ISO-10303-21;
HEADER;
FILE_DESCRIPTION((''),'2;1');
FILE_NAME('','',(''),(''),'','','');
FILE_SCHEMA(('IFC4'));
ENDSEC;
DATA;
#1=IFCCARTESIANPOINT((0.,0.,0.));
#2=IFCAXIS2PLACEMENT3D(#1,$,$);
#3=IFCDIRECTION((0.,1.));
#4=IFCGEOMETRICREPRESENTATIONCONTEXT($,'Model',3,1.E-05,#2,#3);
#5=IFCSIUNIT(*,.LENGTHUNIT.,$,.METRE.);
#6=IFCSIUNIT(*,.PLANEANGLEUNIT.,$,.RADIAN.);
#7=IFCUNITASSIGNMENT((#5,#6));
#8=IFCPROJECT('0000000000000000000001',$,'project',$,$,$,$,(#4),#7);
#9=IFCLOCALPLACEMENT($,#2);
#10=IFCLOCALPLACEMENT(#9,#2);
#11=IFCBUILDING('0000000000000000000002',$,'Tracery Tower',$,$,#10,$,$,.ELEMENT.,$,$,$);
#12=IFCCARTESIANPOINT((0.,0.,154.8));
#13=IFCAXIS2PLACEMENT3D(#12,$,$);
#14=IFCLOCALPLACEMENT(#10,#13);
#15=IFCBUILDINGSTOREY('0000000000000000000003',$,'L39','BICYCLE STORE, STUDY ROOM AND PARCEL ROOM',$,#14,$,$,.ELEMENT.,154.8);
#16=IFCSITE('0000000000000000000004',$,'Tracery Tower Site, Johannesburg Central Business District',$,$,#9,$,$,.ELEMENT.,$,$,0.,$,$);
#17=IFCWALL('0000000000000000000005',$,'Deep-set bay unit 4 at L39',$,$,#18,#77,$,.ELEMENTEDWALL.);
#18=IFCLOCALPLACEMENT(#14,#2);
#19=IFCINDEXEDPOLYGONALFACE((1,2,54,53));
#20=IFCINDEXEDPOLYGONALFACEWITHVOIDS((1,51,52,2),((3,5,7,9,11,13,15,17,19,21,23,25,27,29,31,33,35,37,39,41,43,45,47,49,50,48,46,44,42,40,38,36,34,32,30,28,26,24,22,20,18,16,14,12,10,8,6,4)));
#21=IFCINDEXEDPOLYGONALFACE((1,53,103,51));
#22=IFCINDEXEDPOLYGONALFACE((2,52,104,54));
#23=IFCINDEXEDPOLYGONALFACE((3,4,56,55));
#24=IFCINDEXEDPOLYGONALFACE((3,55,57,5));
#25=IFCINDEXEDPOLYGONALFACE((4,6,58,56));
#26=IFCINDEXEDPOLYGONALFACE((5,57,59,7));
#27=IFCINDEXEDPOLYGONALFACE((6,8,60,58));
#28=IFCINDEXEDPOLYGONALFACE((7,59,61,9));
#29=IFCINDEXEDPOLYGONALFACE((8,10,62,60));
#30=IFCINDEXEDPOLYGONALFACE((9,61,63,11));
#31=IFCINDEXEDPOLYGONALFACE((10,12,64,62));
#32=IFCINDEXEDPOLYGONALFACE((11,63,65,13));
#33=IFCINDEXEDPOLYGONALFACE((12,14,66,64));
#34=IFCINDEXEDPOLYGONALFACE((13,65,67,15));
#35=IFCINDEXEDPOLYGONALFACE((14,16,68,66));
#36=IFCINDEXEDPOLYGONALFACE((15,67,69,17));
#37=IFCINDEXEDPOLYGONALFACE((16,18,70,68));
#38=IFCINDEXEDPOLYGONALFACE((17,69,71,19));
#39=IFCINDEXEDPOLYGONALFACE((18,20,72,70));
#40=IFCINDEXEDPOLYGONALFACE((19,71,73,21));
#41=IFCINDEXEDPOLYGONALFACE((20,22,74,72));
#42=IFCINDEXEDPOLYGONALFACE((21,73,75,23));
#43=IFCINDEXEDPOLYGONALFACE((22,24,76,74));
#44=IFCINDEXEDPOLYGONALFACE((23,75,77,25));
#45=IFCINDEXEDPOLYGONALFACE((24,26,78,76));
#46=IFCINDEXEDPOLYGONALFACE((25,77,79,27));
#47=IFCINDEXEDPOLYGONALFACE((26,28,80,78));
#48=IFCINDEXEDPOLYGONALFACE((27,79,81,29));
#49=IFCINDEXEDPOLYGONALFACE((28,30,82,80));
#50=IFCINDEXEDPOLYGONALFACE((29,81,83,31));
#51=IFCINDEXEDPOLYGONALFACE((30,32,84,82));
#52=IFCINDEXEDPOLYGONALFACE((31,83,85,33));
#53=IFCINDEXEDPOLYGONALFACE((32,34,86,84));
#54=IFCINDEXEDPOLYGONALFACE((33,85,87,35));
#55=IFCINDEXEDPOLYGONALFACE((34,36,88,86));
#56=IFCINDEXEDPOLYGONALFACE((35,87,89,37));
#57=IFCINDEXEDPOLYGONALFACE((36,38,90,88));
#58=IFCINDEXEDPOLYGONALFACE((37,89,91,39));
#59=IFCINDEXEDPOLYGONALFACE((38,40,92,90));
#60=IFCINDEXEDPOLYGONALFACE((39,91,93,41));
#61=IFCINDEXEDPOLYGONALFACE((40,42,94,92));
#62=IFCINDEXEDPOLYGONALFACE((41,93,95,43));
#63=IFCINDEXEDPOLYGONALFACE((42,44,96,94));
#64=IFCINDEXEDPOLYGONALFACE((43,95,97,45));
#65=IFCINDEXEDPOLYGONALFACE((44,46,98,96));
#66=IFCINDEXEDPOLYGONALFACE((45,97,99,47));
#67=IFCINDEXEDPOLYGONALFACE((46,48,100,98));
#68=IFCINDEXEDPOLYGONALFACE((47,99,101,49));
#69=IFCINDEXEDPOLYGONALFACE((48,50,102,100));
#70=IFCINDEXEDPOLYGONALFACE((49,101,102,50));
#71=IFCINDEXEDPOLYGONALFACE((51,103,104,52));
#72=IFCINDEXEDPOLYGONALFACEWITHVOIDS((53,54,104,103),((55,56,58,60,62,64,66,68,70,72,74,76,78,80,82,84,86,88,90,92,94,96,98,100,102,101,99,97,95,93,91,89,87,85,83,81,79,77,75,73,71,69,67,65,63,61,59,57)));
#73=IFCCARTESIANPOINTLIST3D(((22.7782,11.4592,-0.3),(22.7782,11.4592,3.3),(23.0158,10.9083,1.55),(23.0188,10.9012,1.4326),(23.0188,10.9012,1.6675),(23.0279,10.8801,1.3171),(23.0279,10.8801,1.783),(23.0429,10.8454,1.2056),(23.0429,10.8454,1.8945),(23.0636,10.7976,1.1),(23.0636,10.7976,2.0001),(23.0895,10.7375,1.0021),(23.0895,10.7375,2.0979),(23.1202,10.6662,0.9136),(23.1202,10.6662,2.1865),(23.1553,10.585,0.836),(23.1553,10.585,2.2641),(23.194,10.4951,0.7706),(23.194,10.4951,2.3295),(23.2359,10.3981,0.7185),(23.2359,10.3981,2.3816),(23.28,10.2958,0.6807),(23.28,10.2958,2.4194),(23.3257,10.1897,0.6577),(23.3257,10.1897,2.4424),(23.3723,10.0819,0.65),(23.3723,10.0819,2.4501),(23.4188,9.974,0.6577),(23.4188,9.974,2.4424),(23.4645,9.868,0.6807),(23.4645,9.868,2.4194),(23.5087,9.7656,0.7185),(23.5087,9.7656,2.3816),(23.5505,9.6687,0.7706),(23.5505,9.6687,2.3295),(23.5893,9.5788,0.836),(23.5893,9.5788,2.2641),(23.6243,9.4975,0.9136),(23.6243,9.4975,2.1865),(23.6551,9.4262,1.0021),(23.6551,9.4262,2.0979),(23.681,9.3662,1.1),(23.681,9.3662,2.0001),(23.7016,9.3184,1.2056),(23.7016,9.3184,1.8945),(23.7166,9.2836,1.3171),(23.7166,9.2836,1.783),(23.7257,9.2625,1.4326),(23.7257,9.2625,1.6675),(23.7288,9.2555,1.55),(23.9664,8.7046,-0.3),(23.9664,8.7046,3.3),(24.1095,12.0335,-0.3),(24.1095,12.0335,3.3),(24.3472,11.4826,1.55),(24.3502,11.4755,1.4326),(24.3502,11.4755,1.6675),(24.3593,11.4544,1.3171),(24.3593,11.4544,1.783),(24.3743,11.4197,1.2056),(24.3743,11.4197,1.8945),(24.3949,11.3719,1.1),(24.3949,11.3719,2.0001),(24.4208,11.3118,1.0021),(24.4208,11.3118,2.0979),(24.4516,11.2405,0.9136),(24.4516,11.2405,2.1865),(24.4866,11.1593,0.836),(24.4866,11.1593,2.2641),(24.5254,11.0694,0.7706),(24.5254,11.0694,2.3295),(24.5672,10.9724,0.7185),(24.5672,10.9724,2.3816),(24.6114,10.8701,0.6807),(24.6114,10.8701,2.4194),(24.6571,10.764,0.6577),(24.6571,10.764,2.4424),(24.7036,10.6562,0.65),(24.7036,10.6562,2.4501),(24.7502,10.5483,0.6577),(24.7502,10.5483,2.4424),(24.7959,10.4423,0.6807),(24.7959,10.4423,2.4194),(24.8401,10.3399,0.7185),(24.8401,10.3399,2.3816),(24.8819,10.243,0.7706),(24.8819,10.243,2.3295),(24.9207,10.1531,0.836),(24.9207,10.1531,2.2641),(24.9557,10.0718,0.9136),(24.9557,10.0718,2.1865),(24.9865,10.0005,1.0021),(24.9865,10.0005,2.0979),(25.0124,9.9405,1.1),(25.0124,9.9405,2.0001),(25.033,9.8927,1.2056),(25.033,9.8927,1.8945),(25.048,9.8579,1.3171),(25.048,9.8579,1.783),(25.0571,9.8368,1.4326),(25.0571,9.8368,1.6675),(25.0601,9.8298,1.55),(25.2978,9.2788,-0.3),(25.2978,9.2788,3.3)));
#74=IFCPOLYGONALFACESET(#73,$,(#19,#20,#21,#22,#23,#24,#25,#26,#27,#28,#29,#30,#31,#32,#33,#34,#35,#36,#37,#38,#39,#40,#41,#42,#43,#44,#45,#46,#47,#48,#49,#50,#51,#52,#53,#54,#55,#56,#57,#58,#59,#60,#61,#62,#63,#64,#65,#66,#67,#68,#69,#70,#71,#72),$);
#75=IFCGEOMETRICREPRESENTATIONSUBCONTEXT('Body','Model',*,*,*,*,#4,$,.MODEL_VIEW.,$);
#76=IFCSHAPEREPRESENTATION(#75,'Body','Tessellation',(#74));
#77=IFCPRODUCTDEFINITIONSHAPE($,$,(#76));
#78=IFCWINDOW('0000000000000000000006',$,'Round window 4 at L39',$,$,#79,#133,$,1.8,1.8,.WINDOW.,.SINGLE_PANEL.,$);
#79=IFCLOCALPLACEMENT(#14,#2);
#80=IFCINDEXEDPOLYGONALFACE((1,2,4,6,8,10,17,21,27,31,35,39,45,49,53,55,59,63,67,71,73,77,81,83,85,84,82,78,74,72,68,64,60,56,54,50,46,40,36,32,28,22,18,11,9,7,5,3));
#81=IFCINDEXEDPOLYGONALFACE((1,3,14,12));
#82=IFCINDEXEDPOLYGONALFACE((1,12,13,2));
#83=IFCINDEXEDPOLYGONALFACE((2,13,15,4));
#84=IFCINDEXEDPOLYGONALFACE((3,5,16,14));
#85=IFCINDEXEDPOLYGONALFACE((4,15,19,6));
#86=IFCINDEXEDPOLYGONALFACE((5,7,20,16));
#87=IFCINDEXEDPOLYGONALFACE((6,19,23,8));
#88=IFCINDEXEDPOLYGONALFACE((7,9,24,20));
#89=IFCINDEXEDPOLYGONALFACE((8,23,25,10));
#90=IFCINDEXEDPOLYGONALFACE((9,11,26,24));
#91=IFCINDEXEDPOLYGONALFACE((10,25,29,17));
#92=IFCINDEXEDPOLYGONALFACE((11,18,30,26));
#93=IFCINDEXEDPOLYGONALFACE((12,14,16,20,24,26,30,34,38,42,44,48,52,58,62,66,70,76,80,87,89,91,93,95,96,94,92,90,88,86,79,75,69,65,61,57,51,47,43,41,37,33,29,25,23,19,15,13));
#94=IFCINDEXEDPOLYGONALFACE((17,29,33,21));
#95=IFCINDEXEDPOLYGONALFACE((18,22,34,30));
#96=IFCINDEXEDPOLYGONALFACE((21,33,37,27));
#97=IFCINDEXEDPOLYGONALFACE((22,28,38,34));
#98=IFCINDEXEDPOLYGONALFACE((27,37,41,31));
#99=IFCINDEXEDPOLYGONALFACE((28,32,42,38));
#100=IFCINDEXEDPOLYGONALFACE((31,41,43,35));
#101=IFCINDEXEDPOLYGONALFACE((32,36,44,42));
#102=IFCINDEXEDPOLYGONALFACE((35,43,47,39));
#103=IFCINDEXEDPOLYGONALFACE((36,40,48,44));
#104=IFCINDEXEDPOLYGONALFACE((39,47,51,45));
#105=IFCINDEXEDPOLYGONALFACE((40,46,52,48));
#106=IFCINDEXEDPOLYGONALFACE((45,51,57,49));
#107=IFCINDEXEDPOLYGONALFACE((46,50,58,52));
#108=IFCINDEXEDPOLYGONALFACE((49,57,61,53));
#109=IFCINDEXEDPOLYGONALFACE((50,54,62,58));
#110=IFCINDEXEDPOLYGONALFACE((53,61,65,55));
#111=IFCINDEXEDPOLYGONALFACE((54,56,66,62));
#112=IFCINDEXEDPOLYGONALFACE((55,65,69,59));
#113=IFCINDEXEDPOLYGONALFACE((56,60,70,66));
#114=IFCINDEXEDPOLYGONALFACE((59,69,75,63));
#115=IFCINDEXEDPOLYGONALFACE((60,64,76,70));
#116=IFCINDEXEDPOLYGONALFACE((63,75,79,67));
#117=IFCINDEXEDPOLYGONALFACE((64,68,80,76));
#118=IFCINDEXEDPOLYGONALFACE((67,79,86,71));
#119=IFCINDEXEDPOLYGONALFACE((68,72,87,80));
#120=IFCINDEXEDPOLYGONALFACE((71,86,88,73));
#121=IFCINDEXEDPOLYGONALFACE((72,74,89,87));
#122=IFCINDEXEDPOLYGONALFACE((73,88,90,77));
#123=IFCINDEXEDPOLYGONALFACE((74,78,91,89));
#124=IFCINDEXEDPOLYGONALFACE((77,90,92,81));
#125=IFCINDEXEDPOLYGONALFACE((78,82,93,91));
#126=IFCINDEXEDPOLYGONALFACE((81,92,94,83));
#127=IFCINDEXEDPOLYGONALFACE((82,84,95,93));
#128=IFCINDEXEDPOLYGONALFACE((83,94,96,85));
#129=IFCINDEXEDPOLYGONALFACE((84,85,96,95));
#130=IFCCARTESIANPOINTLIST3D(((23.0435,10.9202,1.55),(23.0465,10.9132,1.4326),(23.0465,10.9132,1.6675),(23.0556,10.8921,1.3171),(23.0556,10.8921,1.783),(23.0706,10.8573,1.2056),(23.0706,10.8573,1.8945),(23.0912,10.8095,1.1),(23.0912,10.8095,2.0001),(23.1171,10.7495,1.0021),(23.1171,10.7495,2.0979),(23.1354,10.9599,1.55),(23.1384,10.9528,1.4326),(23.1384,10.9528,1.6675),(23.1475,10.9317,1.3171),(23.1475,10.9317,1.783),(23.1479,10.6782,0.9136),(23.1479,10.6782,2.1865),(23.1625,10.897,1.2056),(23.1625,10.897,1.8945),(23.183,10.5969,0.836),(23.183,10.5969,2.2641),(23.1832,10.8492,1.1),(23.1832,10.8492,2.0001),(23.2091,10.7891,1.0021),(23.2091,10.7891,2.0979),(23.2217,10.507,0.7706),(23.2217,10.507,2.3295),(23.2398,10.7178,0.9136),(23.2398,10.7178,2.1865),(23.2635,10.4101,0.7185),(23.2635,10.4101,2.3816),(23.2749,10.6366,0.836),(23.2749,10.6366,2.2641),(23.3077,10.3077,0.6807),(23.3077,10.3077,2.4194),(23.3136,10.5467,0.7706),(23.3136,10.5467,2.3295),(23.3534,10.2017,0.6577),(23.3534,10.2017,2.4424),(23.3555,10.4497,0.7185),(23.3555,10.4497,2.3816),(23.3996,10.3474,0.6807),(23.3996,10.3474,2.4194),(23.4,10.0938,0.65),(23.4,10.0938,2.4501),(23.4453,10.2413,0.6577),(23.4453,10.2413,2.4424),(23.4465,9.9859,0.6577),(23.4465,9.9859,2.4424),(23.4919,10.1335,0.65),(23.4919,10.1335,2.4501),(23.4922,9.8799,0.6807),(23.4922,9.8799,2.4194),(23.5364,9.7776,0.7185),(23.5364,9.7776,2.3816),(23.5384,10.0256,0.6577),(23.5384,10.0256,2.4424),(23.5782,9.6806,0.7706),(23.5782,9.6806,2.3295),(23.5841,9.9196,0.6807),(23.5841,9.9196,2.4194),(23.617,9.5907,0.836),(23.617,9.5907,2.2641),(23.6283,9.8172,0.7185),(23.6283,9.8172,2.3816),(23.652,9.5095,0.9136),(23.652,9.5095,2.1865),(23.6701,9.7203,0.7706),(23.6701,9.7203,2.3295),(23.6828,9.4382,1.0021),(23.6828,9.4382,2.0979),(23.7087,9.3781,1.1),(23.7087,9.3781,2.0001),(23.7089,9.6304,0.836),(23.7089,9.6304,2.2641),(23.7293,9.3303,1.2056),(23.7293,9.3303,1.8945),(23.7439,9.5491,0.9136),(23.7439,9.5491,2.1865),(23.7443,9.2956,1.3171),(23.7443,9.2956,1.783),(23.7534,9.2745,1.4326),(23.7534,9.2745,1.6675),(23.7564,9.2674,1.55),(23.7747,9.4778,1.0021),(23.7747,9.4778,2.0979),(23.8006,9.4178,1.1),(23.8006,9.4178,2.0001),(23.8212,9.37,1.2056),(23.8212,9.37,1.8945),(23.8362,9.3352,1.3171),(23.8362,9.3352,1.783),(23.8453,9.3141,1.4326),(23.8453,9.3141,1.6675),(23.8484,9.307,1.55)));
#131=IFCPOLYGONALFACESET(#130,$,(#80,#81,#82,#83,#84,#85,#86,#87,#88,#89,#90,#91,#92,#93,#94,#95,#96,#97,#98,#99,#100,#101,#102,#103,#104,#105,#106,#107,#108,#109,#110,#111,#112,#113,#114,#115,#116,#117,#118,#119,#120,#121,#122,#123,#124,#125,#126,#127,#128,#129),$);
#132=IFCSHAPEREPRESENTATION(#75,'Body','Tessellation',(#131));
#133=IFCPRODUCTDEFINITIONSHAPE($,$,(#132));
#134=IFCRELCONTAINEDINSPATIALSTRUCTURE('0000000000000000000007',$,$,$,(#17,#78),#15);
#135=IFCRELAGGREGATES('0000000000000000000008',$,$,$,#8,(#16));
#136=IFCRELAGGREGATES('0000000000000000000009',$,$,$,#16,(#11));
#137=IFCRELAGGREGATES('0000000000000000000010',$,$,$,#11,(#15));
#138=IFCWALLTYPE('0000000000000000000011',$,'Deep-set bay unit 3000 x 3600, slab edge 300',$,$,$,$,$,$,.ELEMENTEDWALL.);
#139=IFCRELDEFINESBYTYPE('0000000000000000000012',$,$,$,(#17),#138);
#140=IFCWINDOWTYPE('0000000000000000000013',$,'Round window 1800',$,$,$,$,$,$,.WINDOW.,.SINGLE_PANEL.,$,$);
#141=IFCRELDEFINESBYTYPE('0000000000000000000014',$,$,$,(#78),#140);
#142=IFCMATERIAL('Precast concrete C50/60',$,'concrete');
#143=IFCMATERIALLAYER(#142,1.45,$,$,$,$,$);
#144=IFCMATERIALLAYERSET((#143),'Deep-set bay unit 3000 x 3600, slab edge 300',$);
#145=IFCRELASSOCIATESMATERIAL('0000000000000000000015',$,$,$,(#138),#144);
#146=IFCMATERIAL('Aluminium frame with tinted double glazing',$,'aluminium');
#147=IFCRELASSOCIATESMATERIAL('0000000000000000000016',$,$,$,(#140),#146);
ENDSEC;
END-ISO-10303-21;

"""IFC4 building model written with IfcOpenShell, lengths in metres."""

from ifc_helpers import new_model, si_unit, direction, frame, frame_2d, origin, origin_2d, place, context, subcontext, project, spatial, rectangle, circle, extrude, material, layer, layer_set, type_object, element, fill, save


model = new_model("IFC4")

# Units and contexts
model_context = context("Model", 3, precision=1e-05, world=origin(), true_north=direction((0.0, 1.0)))
body_context = subcontext(model_context, "Body", "Model", "MODEL_VIEW")
ifc_project = project(units=[si_unit("LENGTHUNIT", "METRE"), si_unit("PLANEANGLEUNIT", "RADIAN")], contexts=[model_context])

# Site, building, storey
site_placement = place(None, origin())
site = spatial("IfcSite", under=ifc_project, at=site_placement, Name="Tracery Tower Site, Johannesburg Central Business District", CompositionType="ELEMENT", RefElevation=0.0)
building_placement = place(site_placement, origin())
building = spatial("IfcBuilding", under=site, at=building_placement, Name="Tracery Tower", CompositionType="ELEMENT")
storey_placement = place(building_placement, frame((0.0, 0.0, 154.8)))
storey = spatial("IfcBuildingStorey", under=building, at=storey_placement, Name="L39", Description="BICYCLE STORE, STUDY ROOM AND PARCEL ROOM", CompositionType="ELEMENT", Elevation=154.8)

# Wall, opening, window
ifc_material_1 = material(Name="Precast concrete C50/60", Category="concrete")
ifc_layer_1 = layer(ifc_material_1, 1.45)
ifc_layer_set_1 = layer_set([ifc_layer_1], Name="Deep-set bay unit 3000 x 3600, slab edge 300")
wall_type_1 = type_object("IfcWallType", Name="Deep-set bay unit 3000 x 3600, slab edge 300", PredefinedType="ELEMENTEDWALL", material=ifc_layer_set_1)
ifc_material_2 = material(Name="Aluminium frame with tinted double glazing", Category="aluminium")
window_type = type_object("IfcWindowType", Name="Round window 1800", PartitioningType="SINGLE_PANEL", PredefinedType="WINDOW", material=ifc_material_2)
wall_1_placement = place(storey_placement, frame((24.6321, 8.9917, -0.3), z_axis=(0.0, 0.0, 1.0), x_axis=(-0.396079, 0.918216, 0.0)))
wall_1 = element("IfcWall", 1, at=wall_1_placement, inside=storey, type_object=wall_type_1, Name="Deep-set bay unit 4 at L39", PredefinedType="ELEMENTEDWALL", context=body_context, shape_type="SweptSolid", body=[
    extrude(rectangle(XDim=3.0, YDim=1.45, at=frame_2d((1.5, 0.0))), origin(), (0.0, 0.0, 1.0), 3.6001),
])
opening_1_placement = place(wall_1_placement, frame((1.5, 0.0, 1.8501)))
opening_1 = element("IfcOpeningElement", 2, at=opening_1_placement, cuts=wall_1, PredefinedType="OPENING", context=body_context, shape_type="SweptSolid", body=[
    extrude(circle(Radius=0.9, at=origin_2d()), frame((0.0, 0.7349, 0.0), z_axis=(0.0, -1.0, 0.0), x_axis=(1.0, 0.0, 0.0)), (0.0, 0.0, 1.0), 1.47),
])
window_1_placement = place(opening_1_placement, origin())
window_1 = element("IfcWindow", 3, at=window_1_placement, inside=storey, type_object=window_type, Name="Round window 4 at L39", OverallHeight=1.8, OverallWidth=1.8, PartitioningType="SINGLE_PANEL", PredefinedType="WINDOW", context=body_context, shape_type="SweptSolid", body=[
    extrude(circle(Radius=0.9, at=origin_2d()), frame((0.0, 0.6948, 0.0), z_axis=(0.0, -1.0, 0.0), x_axis=(1.0, 0.0, 0.0)), (0.0, 0.0, 1.0), 0.1001),
])
fill(opening_1, window_1)

save(model, "model.ifc")
